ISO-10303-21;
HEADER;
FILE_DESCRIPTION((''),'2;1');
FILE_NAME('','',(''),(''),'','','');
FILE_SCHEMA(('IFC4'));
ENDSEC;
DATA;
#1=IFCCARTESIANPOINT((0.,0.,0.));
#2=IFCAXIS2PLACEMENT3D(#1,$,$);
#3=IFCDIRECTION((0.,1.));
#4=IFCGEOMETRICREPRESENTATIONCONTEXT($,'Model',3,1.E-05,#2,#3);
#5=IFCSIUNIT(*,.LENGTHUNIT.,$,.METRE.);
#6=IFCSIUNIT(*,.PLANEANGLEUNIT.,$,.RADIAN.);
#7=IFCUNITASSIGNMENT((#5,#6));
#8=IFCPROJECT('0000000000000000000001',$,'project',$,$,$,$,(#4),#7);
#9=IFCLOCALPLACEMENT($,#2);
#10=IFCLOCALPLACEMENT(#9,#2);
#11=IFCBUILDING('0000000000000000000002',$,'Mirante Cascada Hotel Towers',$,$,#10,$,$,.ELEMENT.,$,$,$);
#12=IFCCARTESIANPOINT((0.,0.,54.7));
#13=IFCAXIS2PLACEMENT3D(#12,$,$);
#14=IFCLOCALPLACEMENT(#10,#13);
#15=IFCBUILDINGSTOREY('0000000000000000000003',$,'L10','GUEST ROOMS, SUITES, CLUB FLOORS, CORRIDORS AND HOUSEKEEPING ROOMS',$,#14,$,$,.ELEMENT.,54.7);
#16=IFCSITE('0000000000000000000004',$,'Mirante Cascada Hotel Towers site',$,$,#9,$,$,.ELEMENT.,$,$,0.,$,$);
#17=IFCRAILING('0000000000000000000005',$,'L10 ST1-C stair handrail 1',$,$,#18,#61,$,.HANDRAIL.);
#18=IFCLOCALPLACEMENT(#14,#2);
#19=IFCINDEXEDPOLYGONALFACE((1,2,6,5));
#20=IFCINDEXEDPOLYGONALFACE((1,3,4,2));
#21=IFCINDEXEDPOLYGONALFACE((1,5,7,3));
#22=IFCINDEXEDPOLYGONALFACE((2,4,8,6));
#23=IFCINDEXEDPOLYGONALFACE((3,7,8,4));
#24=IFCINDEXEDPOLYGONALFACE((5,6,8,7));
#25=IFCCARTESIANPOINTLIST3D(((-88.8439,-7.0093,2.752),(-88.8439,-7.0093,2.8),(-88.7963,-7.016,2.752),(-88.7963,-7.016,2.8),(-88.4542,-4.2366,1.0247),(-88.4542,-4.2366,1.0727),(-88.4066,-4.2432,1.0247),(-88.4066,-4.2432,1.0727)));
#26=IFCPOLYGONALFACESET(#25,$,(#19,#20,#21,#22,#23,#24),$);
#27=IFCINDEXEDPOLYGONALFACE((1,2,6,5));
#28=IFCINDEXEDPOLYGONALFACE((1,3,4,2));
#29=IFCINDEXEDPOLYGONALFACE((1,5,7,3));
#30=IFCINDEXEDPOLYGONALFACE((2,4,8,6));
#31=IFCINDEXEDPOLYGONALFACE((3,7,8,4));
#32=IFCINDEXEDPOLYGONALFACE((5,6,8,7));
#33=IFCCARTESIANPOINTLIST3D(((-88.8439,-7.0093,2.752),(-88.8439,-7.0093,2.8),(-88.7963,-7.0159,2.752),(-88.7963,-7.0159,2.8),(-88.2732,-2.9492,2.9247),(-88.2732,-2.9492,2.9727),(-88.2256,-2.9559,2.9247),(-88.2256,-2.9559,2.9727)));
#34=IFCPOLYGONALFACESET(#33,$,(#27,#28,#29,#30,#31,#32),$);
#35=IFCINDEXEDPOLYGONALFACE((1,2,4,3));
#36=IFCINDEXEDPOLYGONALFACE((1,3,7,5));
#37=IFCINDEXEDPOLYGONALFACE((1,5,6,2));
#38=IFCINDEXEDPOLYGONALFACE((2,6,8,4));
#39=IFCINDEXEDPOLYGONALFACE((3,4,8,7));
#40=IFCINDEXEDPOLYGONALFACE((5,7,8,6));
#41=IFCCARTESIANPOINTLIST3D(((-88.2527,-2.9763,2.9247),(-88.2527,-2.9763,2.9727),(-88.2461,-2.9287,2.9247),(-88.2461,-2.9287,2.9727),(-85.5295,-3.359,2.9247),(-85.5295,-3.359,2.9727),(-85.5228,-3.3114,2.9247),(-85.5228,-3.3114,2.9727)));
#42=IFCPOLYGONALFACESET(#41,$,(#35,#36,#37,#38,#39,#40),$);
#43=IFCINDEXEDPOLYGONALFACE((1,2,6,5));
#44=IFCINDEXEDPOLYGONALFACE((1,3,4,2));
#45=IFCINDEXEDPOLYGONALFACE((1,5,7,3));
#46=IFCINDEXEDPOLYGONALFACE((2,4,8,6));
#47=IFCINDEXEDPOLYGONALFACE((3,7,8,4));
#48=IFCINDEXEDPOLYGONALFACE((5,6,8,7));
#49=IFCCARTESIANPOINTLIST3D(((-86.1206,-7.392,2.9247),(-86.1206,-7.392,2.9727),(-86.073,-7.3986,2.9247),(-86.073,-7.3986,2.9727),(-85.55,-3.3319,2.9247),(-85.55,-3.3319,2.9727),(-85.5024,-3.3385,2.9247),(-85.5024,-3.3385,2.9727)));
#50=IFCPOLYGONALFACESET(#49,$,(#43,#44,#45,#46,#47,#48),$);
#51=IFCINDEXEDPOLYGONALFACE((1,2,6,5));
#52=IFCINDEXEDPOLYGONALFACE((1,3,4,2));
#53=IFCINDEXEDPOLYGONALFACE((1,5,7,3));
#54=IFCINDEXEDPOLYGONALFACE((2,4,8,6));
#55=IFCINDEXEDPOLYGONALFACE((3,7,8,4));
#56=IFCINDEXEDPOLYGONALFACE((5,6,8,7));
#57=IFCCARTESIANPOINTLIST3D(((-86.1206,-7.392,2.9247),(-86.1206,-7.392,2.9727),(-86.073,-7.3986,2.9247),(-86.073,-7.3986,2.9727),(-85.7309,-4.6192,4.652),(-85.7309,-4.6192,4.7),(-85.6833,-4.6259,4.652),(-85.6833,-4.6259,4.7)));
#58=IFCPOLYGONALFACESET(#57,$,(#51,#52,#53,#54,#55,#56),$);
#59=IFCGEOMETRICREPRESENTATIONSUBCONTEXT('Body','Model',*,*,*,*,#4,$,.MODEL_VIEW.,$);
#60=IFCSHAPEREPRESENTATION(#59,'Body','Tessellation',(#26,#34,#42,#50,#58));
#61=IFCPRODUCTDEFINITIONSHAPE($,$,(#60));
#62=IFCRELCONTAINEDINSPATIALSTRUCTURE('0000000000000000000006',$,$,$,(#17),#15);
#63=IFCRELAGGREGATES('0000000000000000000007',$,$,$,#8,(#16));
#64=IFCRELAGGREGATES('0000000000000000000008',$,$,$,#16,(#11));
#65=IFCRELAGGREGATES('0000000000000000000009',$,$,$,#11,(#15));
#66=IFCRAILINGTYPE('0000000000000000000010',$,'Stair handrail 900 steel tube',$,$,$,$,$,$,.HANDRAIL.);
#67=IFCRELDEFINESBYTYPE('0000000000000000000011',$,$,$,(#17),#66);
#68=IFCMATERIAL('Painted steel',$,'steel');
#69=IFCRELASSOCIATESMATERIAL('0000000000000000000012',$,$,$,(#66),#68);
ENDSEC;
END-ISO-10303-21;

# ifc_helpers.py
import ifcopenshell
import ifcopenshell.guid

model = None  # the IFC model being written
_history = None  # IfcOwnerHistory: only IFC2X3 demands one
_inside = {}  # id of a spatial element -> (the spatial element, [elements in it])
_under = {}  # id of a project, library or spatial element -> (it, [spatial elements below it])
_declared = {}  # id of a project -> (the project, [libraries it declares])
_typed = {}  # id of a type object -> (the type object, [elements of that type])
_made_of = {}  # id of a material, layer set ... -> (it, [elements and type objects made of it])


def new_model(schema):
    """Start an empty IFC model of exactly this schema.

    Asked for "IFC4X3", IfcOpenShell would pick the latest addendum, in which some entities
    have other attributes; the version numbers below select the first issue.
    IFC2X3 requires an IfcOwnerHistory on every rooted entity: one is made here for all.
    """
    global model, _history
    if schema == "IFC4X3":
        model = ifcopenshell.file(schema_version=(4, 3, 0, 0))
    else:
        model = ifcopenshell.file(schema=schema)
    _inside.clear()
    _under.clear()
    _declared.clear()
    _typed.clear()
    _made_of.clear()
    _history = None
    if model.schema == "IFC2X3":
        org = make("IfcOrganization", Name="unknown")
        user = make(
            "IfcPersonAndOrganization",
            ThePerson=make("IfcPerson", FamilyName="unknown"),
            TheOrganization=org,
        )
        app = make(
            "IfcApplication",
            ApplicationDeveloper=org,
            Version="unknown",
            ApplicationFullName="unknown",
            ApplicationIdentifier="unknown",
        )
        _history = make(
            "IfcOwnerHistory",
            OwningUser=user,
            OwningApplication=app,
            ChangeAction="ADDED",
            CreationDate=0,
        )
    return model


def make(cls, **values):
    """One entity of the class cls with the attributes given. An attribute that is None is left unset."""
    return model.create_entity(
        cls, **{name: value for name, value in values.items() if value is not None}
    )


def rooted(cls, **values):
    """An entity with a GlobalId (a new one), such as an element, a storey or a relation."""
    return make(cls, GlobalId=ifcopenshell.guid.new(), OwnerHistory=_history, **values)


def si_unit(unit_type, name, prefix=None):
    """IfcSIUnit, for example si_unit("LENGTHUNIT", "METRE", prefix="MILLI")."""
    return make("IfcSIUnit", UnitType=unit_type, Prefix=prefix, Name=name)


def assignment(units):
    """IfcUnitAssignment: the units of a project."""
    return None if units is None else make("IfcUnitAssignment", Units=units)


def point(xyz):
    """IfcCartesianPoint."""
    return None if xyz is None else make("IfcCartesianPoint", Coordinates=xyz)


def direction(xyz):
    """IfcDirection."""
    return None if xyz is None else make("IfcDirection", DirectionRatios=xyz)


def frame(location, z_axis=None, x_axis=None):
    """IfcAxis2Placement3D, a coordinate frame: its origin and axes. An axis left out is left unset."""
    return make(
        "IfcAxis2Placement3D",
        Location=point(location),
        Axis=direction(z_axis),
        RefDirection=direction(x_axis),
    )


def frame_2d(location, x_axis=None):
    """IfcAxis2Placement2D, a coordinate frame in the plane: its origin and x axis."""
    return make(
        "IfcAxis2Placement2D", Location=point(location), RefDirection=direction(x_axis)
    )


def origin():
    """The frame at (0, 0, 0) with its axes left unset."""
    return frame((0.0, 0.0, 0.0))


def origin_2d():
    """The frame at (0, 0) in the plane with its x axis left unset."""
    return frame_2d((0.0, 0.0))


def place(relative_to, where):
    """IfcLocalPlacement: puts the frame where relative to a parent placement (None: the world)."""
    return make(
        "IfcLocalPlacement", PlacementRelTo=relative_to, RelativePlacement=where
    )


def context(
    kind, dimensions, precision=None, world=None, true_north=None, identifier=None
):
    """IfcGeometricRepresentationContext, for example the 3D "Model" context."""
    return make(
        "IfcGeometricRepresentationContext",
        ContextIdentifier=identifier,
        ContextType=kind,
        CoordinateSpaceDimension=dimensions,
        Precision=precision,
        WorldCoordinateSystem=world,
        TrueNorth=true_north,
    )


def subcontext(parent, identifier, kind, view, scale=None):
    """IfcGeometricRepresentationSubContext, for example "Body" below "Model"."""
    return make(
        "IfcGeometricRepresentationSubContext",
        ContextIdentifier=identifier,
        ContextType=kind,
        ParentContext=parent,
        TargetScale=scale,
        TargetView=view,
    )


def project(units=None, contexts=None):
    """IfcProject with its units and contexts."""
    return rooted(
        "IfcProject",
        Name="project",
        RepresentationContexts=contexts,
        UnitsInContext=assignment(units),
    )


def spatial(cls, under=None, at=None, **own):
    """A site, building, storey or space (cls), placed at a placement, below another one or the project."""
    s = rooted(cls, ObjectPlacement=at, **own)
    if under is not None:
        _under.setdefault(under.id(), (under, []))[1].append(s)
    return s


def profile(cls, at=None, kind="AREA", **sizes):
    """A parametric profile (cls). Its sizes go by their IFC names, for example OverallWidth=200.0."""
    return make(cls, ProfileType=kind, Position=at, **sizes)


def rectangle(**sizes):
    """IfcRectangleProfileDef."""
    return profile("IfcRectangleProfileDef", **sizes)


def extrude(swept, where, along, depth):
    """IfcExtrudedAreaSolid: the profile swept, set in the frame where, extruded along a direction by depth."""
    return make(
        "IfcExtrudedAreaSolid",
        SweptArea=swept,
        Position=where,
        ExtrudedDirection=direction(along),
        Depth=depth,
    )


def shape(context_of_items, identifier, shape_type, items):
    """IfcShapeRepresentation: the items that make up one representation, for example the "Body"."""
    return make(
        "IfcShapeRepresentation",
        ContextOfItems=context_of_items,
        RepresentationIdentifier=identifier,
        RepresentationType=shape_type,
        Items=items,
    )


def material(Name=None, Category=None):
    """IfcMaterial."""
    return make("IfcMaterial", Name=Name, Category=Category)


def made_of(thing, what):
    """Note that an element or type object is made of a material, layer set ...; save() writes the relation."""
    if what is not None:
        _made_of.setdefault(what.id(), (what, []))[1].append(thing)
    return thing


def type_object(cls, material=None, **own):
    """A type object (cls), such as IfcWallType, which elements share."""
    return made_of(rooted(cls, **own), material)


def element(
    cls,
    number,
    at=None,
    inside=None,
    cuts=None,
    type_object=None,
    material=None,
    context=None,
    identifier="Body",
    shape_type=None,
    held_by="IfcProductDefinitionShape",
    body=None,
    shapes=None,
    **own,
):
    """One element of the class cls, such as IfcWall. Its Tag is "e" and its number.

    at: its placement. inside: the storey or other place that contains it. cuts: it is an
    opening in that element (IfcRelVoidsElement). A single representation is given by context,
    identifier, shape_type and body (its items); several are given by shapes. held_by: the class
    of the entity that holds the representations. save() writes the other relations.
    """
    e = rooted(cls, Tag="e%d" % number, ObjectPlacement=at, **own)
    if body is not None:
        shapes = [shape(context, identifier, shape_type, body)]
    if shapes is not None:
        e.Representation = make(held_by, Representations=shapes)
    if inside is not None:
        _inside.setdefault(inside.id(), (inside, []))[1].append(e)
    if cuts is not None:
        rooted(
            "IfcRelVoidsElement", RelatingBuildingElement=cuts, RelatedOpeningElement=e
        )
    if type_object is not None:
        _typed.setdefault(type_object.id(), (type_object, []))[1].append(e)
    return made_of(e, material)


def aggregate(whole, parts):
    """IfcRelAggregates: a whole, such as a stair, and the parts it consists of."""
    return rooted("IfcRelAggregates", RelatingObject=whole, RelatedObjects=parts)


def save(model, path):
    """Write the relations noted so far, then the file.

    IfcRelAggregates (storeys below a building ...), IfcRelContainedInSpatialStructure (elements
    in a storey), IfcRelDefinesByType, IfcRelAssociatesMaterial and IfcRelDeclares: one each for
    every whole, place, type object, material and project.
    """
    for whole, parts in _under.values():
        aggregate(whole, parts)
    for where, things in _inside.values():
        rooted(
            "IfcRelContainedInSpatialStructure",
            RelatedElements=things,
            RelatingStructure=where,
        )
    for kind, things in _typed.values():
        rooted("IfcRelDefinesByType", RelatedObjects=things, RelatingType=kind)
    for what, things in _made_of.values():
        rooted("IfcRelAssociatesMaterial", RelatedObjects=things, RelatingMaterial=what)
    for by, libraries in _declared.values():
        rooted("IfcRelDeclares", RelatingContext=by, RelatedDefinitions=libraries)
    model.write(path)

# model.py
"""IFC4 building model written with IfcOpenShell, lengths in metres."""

from ifc_helpers import new_model, si_unit, direction, frame, origin, origin_2d, place, context, subcontext, project, spatial, rectangle, extrude, material, type_object, element, save


model = new_model("IFC4")

# Units and contexts
model_context = context("Model", 3, precision=1e-05, world=origin(), true_north=direction((0.0, 1.0)))
body_context = subcontext(model_context, "Body", "Model", "MODEL_VIEW")
ifc_project = project(units=[si_unit("LENGTHUNIT", "METRE"), si_unit("PLANEANGLEUNIT", "RADIAN")], contexts=[model_context])

# Site, building, storey
site_placement = place(None, origin())
site = spatial("IfcSite", under=ifc_project, at=site_placement, Name="Mirante Cascada Hotel Towers site", CompositionType="ELEMENT", RefElevation=0.0)
building_placement = place(site_placement, origin())
building = spatial("IfcBuilding", under=site, at=building_placement, Name="Mirante Cascada Hotel Towers", CompositionType="ELEMENT")
storey_placement = place(building_placement, frame((0.0, 0.0, 54.7)))
storey = spatial("IfcBuildingStorey", under=building, at=storey_placement, Name="L10", Description="GUEST ROOMS, SUITES, CLUB FLOORS, CORRIDORS AND HOUSEKEEPING ROOMS", CompositionType="ELEMENT", Elevation=54.7)

# Railing
ifc_material_1 = material(Name="Painted steel", Category="steel")
railing_type_1 = type_object("IfcRailingType", Name="Stair handrail 900 steel tube", PredefinedType="HANDRAIL", material=ifc_material_1)
railing_1_placement = place(storey_placement, frame((-88.4304, -4.2399, 0.1727)))
element("IfcRailing", 1, at=railing_1_placement, inside=storey, type_object=railing_type_1, Name="L10 ST1-C stair handrail 1", PredefinedType="HANDRAIL", context=body_context, shape_type="SweptSolid", body=[
    extrude(rectangle(XDim=0.048, YDim=0.048, at=origin_2d()), frame((0.0, 0.0, 0.876), z_axis=(-0.139181, -0.990267, 0.0), x_axis=(0.990267, -0.139181, 0.0)), (0.0, 0.525035, 0.851081), 3.2899),
    extrude(rectangle(XDim=0.048, YDim=0.048, at=origin_2d()), frame((-0.3897, -2.7727, 2.6033), z_axis=(0.139195, 0.990265, 0.0), x_axis=(-0.990265, 0.139195, 0.0)), (0.0, 0.042084, 0.999114), 4.1036),
    extrude(rectangle(XDim=0.048, YDim=0.048, at=origin_2d()), frame((0.181, 1.2874, 2.776), z_axis=(0.990269, -0.139166, 0.0), x_axis=(0.139166, 0.990269, 0.0)), (0.0, 0.0, 1.0), 2.75),
    extrude(rectangle(XDim=0.048, YDim=0.048, at=origin_2d()), frame((2.9042, 0.9047, 2.776), z_axis=(-0.139171, -0.990268, 0.0), x_axis=(0.990268, -0.139171, 0.0)), (0.0, 0.0, 1.0), 4.1),
    extrude(rectangle(XDim=0.048, YDim=0.048, at=origin_2d()), frame((2.3336, -3.1554, 2.776), z_axis=(0.139181, 0.990267, 0.0), x_axis=(-0.990267, 0.139181, 0.0)), (0.0, 0.525035, 0.851081), 3.2899),
])

save(model, "model.ifc")
